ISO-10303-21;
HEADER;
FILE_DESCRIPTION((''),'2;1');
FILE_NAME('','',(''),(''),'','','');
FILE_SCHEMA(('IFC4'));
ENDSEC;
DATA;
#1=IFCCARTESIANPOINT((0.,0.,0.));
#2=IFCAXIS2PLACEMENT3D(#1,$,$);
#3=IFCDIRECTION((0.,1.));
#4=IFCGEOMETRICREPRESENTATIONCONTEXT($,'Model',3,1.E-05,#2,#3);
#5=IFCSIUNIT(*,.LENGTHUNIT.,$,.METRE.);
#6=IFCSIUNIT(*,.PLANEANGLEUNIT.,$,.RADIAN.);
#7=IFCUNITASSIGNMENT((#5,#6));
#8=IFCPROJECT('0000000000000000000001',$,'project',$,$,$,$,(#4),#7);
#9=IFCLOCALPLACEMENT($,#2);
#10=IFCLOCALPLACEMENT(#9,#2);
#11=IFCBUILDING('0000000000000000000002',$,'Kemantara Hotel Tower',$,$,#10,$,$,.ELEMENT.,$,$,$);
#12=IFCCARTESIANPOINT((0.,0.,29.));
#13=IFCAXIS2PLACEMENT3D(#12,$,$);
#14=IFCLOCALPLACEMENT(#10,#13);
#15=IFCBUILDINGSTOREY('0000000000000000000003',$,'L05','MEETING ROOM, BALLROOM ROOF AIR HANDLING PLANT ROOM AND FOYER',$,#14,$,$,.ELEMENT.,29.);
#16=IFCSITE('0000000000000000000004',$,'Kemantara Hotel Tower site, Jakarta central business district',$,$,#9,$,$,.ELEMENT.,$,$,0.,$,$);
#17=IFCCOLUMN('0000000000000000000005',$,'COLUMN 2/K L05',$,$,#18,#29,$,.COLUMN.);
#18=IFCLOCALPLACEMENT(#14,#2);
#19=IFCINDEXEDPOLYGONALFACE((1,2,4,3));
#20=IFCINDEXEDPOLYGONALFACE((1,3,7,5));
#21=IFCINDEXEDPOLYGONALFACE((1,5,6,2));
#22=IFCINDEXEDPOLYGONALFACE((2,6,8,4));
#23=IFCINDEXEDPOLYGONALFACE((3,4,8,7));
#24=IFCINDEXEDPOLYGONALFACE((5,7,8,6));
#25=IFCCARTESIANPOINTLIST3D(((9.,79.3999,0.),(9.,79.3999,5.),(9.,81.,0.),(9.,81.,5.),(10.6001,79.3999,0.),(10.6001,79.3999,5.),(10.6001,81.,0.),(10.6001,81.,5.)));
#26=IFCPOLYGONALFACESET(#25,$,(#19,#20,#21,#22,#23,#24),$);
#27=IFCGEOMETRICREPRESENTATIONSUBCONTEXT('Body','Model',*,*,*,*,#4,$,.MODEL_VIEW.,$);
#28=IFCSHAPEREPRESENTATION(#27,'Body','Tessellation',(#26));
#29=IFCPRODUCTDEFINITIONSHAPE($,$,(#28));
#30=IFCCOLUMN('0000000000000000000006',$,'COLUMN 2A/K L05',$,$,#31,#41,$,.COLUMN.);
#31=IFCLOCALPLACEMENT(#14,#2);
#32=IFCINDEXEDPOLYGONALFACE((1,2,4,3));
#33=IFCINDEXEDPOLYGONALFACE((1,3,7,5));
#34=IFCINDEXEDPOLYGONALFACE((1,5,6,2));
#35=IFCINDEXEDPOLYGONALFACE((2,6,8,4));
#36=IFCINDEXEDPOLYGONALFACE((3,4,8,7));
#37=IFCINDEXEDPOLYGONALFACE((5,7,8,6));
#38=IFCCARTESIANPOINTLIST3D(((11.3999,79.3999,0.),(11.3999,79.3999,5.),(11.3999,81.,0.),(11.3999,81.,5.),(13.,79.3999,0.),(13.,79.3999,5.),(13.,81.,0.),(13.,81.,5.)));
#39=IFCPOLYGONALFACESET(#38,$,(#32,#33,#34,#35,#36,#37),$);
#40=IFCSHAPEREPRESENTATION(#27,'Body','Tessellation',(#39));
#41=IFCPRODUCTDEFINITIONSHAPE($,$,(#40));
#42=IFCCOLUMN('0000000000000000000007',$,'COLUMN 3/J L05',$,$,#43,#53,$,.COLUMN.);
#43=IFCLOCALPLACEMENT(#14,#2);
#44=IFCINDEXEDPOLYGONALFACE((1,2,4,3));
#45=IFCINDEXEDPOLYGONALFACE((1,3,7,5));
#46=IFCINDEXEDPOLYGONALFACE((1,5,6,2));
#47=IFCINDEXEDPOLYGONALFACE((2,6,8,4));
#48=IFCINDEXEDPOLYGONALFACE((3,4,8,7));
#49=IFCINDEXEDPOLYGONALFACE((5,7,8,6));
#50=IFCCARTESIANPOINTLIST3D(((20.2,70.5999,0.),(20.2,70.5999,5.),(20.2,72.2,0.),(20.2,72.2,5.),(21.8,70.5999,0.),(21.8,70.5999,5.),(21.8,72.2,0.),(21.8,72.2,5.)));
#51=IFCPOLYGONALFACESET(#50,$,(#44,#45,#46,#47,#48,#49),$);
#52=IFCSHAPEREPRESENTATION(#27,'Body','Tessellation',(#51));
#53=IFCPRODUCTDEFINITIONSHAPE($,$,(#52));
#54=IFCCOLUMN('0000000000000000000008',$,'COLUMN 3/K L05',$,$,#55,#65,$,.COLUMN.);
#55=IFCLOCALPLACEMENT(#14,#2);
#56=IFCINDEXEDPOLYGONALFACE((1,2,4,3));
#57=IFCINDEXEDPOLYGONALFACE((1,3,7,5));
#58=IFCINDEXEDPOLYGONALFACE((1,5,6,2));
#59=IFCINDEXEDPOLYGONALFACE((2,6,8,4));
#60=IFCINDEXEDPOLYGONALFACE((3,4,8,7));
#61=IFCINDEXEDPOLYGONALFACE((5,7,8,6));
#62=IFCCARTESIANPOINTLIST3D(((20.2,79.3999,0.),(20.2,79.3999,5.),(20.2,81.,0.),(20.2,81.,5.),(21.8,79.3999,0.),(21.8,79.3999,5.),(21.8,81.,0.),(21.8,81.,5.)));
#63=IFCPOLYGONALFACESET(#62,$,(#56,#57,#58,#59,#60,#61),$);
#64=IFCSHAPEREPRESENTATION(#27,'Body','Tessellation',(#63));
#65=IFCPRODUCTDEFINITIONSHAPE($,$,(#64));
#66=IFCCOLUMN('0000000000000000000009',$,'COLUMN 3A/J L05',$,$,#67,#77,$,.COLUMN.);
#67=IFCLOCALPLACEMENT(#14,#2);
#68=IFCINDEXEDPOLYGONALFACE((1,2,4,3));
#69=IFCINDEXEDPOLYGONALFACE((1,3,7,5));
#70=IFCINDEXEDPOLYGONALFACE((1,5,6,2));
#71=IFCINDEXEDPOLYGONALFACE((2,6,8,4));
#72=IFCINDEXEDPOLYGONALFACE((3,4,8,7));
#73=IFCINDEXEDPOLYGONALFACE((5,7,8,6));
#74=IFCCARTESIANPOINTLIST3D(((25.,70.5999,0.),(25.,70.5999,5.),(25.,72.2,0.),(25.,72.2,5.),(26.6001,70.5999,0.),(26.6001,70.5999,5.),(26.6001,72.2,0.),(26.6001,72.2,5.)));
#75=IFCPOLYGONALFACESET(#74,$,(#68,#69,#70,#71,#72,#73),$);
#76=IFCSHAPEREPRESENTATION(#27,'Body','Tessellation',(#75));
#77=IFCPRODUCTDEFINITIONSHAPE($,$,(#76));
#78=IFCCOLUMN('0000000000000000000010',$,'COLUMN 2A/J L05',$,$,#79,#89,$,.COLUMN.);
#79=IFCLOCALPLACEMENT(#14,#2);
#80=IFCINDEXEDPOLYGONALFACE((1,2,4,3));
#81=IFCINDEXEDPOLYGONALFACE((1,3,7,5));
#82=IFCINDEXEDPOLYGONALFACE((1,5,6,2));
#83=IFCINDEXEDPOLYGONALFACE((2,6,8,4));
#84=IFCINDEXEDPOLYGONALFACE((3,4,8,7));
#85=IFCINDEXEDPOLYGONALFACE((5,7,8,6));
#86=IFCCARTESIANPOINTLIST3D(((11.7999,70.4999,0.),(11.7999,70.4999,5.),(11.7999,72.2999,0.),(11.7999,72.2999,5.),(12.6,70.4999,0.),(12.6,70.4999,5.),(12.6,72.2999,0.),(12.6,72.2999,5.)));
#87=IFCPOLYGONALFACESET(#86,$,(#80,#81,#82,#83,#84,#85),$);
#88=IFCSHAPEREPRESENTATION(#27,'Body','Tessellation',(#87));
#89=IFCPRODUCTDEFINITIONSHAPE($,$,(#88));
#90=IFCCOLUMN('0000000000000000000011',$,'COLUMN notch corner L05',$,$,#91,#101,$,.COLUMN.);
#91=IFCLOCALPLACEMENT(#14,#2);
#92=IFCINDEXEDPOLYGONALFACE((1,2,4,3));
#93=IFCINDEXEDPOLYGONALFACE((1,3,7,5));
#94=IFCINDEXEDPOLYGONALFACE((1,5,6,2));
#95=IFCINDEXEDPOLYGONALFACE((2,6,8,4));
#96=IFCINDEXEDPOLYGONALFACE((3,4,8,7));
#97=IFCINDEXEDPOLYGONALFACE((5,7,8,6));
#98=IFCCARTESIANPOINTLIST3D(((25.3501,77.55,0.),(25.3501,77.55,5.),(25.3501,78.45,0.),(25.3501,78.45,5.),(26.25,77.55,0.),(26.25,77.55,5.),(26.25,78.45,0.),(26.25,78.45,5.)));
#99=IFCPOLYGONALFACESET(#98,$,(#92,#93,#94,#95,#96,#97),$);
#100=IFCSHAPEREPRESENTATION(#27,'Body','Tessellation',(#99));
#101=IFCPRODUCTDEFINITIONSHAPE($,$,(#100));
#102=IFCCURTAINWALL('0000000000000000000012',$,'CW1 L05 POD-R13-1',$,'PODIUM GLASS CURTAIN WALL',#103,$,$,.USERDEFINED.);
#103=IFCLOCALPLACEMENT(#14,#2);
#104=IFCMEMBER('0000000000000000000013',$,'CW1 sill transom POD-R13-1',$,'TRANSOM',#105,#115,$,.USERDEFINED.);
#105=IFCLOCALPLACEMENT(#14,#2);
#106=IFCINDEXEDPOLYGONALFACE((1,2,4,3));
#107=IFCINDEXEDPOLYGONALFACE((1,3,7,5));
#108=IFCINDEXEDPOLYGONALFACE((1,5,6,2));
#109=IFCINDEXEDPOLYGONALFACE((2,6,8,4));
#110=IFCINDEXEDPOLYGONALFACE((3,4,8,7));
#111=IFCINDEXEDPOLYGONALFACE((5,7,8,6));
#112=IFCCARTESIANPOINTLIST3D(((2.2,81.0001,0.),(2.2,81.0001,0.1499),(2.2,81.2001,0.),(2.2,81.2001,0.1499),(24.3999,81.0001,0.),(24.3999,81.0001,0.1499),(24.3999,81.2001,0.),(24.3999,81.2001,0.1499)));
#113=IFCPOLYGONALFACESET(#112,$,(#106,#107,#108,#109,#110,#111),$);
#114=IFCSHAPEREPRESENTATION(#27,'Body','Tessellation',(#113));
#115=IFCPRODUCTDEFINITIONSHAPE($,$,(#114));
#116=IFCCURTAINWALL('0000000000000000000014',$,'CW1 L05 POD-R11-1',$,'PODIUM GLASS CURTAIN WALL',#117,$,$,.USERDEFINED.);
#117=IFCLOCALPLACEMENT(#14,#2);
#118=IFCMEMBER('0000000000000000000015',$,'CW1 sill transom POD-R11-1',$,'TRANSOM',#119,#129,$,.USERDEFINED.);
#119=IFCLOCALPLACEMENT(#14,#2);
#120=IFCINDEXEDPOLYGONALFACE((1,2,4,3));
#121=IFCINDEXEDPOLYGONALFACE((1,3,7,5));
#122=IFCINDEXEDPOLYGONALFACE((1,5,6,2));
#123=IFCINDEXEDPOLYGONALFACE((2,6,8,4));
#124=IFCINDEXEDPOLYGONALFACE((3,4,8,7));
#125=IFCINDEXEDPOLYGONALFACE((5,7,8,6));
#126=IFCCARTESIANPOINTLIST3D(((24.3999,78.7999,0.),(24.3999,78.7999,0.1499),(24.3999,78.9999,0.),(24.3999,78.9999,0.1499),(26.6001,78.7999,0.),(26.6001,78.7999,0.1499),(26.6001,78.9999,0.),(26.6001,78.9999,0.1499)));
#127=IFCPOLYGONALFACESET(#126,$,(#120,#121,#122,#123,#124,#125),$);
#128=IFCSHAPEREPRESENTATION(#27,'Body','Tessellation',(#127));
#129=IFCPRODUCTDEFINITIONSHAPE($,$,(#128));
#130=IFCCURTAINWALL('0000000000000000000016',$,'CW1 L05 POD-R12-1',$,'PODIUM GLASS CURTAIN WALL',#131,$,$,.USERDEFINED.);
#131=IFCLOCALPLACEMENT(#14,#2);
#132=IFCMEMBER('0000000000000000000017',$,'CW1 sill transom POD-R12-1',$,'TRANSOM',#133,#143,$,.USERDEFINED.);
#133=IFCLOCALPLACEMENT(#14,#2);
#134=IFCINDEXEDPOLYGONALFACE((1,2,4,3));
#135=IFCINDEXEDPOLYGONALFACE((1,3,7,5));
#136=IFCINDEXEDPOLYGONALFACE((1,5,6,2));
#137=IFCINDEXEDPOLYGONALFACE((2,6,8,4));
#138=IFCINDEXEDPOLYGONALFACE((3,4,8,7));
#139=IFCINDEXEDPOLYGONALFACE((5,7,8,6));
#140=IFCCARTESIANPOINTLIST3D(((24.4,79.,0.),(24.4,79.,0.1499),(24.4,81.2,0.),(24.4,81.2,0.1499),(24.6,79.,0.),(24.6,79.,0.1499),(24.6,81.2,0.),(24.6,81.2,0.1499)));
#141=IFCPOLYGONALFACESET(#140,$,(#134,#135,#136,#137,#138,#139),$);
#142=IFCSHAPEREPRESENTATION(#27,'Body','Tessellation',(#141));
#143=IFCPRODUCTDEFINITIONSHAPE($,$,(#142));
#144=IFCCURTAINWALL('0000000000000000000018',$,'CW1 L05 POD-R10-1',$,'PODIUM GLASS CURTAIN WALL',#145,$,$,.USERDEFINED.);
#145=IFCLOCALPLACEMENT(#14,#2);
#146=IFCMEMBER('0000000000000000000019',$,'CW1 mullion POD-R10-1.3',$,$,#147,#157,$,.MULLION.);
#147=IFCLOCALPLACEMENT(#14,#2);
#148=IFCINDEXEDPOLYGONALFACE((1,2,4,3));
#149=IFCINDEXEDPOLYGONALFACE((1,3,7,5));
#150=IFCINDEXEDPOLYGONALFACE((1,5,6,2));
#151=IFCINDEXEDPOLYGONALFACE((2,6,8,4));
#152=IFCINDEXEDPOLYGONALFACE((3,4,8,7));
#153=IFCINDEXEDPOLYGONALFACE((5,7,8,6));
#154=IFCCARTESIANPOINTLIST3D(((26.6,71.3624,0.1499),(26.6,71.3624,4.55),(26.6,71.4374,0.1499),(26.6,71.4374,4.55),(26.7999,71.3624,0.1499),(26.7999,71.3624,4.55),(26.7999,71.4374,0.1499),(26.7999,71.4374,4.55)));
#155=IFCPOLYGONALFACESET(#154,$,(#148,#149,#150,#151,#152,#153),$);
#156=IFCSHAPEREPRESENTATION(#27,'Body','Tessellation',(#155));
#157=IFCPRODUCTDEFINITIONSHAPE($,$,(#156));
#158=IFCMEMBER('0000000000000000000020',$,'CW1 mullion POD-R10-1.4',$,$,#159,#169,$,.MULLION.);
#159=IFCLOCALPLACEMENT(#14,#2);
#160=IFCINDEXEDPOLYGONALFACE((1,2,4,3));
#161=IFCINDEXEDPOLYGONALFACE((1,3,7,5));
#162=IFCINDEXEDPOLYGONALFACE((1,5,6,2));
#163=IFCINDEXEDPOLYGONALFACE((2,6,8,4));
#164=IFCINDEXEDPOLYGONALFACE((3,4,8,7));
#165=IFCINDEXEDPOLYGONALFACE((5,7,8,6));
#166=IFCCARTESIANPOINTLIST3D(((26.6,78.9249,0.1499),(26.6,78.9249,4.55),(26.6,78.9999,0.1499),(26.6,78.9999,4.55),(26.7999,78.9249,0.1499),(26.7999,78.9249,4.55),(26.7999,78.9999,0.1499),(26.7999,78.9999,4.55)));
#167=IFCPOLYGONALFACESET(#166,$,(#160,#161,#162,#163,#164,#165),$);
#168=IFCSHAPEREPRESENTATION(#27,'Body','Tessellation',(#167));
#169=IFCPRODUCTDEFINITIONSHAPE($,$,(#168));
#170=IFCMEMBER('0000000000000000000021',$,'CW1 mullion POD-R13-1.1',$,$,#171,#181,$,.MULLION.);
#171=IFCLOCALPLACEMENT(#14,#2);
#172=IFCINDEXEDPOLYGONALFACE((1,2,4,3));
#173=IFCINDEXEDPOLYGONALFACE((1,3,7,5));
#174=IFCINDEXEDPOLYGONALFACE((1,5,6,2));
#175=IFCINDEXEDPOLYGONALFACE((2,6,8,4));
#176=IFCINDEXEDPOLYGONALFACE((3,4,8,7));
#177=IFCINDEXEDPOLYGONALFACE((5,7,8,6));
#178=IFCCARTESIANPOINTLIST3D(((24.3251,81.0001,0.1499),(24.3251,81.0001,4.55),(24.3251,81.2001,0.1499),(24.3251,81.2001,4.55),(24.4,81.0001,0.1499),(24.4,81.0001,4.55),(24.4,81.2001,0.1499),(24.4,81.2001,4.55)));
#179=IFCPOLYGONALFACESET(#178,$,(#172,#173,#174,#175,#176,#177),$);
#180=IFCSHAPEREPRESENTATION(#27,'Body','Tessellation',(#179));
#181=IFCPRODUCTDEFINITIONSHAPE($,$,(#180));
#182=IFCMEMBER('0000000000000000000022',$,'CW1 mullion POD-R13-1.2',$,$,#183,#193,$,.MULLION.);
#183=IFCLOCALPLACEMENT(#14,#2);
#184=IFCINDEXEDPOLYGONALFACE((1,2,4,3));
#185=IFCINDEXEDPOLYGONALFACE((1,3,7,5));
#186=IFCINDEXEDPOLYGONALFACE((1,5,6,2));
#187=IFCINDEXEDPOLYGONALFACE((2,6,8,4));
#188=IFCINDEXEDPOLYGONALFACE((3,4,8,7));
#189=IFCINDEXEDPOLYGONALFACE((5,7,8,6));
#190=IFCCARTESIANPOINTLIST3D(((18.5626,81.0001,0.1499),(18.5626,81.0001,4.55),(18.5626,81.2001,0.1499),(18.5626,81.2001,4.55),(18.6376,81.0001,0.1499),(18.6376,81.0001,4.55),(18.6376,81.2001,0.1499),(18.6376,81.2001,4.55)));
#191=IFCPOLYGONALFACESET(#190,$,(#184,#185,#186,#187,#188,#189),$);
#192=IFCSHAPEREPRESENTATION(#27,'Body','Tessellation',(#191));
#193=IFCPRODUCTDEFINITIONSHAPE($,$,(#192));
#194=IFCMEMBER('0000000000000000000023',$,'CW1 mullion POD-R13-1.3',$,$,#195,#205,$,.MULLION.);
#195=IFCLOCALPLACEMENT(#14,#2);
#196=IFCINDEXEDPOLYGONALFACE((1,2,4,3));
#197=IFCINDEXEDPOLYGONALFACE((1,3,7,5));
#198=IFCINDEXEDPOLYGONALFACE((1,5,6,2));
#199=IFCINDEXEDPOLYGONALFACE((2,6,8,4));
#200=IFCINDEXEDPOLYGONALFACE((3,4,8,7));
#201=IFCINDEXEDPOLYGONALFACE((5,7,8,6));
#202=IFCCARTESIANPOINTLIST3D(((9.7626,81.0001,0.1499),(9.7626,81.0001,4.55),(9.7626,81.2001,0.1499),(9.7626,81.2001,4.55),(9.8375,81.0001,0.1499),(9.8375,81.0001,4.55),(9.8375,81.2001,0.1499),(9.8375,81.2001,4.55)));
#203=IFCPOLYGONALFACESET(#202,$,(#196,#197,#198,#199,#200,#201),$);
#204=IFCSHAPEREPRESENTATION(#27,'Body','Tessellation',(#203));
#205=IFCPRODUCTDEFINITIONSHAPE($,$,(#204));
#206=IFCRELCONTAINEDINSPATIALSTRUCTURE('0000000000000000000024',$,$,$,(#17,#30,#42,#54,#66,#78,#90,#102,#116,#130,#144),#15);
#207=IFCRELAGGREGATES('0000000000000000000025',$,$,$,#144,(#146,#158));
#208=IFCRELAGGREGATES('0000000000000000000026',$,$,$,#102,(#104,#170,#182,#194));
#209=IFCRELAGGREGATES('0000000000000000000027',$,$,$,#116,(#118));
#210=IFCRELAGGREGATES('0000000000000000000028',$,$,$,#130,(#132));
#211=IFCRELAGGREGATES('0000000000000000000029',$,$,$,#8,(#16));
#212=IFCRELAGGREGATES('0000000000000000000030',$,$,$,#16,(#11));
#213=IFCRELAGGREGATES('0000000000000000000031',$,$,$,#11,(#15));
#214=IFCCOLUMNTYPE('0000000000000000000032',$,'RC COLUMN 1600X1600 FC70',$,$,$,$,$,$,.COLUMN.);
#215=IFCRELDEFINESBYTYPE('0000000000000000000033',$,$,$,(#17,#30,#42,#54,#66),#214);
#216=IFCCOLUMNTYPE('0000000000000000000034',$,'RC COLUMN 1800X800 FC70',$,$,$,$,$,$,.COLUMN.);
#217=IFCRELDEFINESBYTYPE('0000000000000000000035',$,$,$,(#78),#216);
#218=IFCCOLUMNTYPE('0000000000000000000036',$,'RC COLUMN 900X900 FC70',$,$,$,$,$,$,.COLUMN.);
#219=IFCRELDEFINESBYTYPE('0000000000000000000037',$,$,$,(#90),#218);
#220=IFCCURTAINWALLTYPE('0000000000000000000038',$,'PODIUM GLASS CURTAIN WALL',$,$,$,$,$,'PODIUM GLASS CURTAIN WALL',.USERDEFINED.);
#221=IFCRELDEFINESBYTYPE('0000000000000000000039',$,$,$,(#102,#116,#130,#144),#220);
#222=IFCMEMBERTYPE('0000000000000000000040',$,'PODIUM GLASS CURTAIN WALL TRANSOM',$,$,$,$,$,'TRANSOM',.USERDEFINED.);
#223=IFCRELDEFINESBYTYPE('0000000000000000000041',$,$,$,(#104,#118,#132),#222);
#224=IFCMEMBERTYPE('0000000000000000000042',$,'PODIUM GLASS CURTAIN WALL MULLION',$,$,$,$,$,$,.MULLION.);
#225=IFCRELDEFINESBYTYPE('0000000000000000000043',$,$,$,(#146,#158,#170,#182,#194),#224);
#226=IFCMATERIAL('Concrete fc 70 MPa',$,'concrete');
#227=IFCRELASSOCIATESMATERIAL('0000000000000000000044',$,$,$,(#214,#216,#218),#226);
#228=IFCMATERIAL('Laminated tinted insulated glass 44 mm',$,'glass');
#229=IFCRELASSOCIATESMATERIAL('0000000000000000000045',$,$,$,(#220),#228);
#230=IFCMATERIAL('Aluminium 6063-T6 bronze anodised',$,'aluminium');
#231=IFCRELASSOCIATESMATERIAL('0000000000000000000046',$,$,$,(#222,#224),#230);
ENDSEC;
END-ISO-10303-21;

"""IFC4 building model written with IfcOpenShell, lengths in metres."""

from ifc_helpers import new_model, si_unit, direction, frame, origin, origin_2d, place, context, subcontext, project, spatial, rectangle, extrude, source, transform, mapped, material, material_profile, profile_set, type_object, element, aggregate, save


model = new_model("IFC4")

# Units and contexts
model_context = context("Model", 3, precision=1e-05, world=origin(), true_north=direction((0.0, 1.0)))
body_context = subcontext(model_context, "Body", "Model", "MODEL_VIEW")
ifc_project = project(units=[si_unit("LENGTHUNIT", "METRE"), si_unit("PLANEANGLEUNIT", "RADIAN")], contexts=[model_context])

# Site, building, storey
site_placement = place(None, origin())
site = spatial("IfcSite", under=ifc_project, at=site_placement, Name="Kemantara Hotel Tower site, Jakarta central business district", CompositionType="ELEMENT", RefElevation=0.0)
building_placement = place(site_placement, origin())
building = spatial("IfcBuilding", under=site, at=building_placement, Name="Kemantara Hotel Tower", CompositionType="ELEMENT")
storey_placement = place(building_placement, frame((0.0, 0.0, 29.0)))
storey = spatial("IfcBuildingStorey", under=building, at=storey_placement, Name="L05", Description="MEETING ROOM, BALLROOM ROOF AIR HANDLING PLANT ROOM AND FOYER", CompositionType="ELEMENT", Elevation=29.0)

# Columns
ifc_material_1 = material(Name="Concrete fc 70 MPa", Category="concrete")
ifc_material_profile_1 = material_profile(ifc_material_1, rectangle(XDim=1.6001, YDim=1.6001, at=origin_2d()), Name="RC 1600X1600")
ifc_profile_set_1 = profile_set([ifc_material_profile_1], Name="Concrete fc 70 MPa")
column_type_1 = type_object("IfcColumnType", Name="RC COLUMN 1600X1600 FC70", PredefinedType="COLUMN", material=ifc_profile_set_1)
for number, where, z_axis, x_axis, name in (
    (1, (9.8, 80.2, 0.0), (0.0, 0.0, 1.0), (1.0, 0.0, 0.0), "COLUMN 2/K L05"),
    (2, (12.2, 80.2, 0.0), (0.0, 0.0, 1.0), (1.0, 0.0, 0.0), "COLUMN 2A/K L05"),
    (3, (21.0, 71.3999, 0.0), (0.0, 0.0, 1.0), (1.0, 0.0, 0.0), "COLUMN 3/J L05"),
    (4, (21.0, 80.2, 0.0), (0.0, 0.0, 1.0), (1.0, 0.0, 0.0), "COLUMN 3/K L05"),
    (5, (25.8, 71.3999, 0.0), (0.0, 0.0, 1.0), (1.0, 0.0, 0.0), "COLUMN 3A/J L05"),
):
    element("IfcColumn", number, at=place(storey_placement, frame(where, z_axis=z_axis, x_axis=x_axis)), inside=storey, type_object=column_type_1, Name=name, PredefinedType="COLUMN", context=body_context, shape_type="SweptSolid", body=[
        extrude(rectangle(XDim=1.6001, YDim=1.6001, at=origin_2d()), origin(), (0.0, 0.0, 1.0), 5.0),
    ])
ifc_material_profile_2 = material_profile(ifc_material_1, rectangle(XDim=1.8, YDim=0.8, at=origin_2d()), Name="RC 1800X800")
ifc_profile_set_2 = profile_set([ifc_material_profile_2], Name="Concrete fc 70 MPa")
column_type_2 = type_object("IfcColumnType", Name="RC COLUMN 1800X800 FC70", PredefinedType="COLUMN", material=ifc_profile_set_2)
column_1_placement = place(storey_placement, frame((12.2, 71.3999, 0.0), z_axis=(0.0, 0.0, 1.0), x_axis=(0.0, 1.0, 0.0)))
element("IfcColumn", 6, at=column_1_placement, inside=storey, type_object=column_type_2, Name="COLUMN 2A/J L05", PredefinedType="COLUMN", context=body_context, shape_type="SweptSolid", body=[
    extrude(rectangle(XDim=1.8, YDim=0.8, at=origin_2d()), origin(), (0.0, 0.0, 1.0), 5.0),
])
ifc_material_profile_3 = material_profile(ifc_material_1, rectangle(XDim=0.8999, YDim=0.8999, at=origin_2d()), Name="RC 900X900")
ifc_profile_set_3 = profile_set([ifc_material_profile_3], Name="Concrete fc 70 MPa")
column_type_3 = type_object("IfcColumnType", Name="RC COLUMN 900X900 FC70", PredefinedType="COLUMN", material=ifc_profile_set_3)
column_2_placement = place(storey_placement, frame((25.8, 78.0, 0.0), z_axis=(0.0, 0.0, 1.0), x_axis=(1.0, 0.0, 0.0)))
element("IfcColumn", 7, at=column_2_placement, inside=storey, type_object=column_type_3, Name="COLUMN notch corner L05", PredefinedType="COLUMN", context=body_context, shape_type="SweptSolid", body=[
    extrude(rectangle(XDim=0.8999, YDim=0.8999, at=origin_2d()), origin(), (0.0, 0.0, 1.0), 5.0),
])

# Curtain walls, members
ifc_material_2 = material(Name="Laminated tinted insulated glass 44 mm", Category="glass")
curtain_wall_type = type_object("IfcCurtainWallType", Name="PODIUM GLASS CURTAIN WALL", ElementType="PODIUM GLASS CURTAIN WALL", PredefinedType="USERDEFINED", material=ifc_material_2)
curtain_wall_1_placement = place(storey_placement, origin())
curtain_wall_1 = element("IfcCurtainWall", 8, at=curtain_wall_1_placement, inside=storey, type_object=curtain_wall_type, Name="CW1 L05 POD-R13-1", ObjectType="PODIUM GLASS CURTAIN WALL", PredefinedType="USERDEFINED")
ifc_material_3 = material(Name="Aluminium 6063-T6 bronze anodised", Category="aluminium")
ifc_material_profile_4 = material_profile(ifc_material_3, rectangle(XDim=0.2, YDim=0.1499, at=origin_2d()), Name="PODIUM GLASS CURTAIN WALL TRANSOM")
ifc_profile_set_4 = profile_set([ifc_material_profile_4], Name="Aluminium 6063-T6 bronze anodised")
member_type_1 = type_object("IfcMemberType", Name="PODIUM GLASS CURTAIN WALL TRANSOM", ElementType="TRANSOM", PredefinedType="USERDEFINED", material=ifc_profile_set_4)
member_1_placement = place(storey_placement, frame((24.3999, 81.1001, 0.075), z_axis=(-1.0, 0.0, 0.0), x_axis=(0.0, -1.0, 0.0)))
member_1 = element("IfcMember", 9, at=member_1_placement, type_object=member_type_1, Name="CW1 sill transom POD-R13-1", ObjectType="TRANSOM", PredefinedType="USERDEFINED", context=body_context, shape_type="SweptSolid", body=[
    extrude(rectangle(XDim=0.2, YDim=0.1499, at=origin_2d()), origin(), (0.0, 0.0, 1.0), 22.2),
])
curtain_wall_2_placement = place(storey_placement, origin())
curtain_wall_2 = element("IfcCurtainWall", 10, at=curtain_wall_2_placement, inside=storey, type_object=curtain_wall_type, Name="CW1 L05 POD-R11-1", ObjectType="PODIUM GLASS CURTAIN WALL", PredefinedType="USERDEFINED")
member_2_placement = place(storey_placement, frame((26.6001, 78.8999, 0.075), z_axis=(-1.0, 0.0, 0.0), x_axis=(0.0, -1.0, 0.0)))
member_2 = element("IfcMember", 11, at=member_2_placement, type_object=member_type_1, Name="CW1 sill transom POD-R11-1", ObjectType="TRANSOM", PredefinedType="USERDEFINED", context=body_context, shape_type="SweptSolid", body=[
    extrude(rectangle(XDim=0.2, YDim=0.1499, at=origin_2d()), origin(), (0.0, 0.0, 1.0), 2.2002),
])
curtain_wall_3_placement = place(storey_placement, origin())
curtain_wall_3 = element("IfcCurtainWall", 12, at=curtain_wall_3_placement, inside=storey, type_object=curtain_wall_type, Name="CW1 L05 POD-R12-1", ObjectType="PODIUM GLASS CURTAIN WALL", PredefinedType="USERDEFINED")
member_3_placement = place(storey_placement, frame((24.5, 79.0, 0.075), z_axis=(0.0, 1.0, 0.0), x_axis=(-1.0, 0.0, 0.0)))
member_3 = element("IfcMember", 13, at=member_3_placement, type_object=member_type_1, Name="CW1 sill transom POD-R12-1", ObjectType="TRANSOM", PredefinedType="USERDEFINED", context=body_context, shape_type="SweptSolid", body=[
    extrude(rectangle(XDim=0.2, YDim=0.1499, at=origin_2d()), origin(), (0.0, 0.0, 1.0), 2.2),
])

# Curtain wall, members
curtain_wall_4_placement = place(storey_placement, origin())
curtain_wall_4 = element("IfcCurtainWall", 14, at=curtain_wall_4_placement, inside=storey, type_object=curtain_wall_type, Name="CW1 L05 POD-R10-1", ObjectType="PODIUM GLASS CURTAIN WALL", PredefinedType="USERDEFINED")
ifc_material_profile_5 = material_profile(ifc_material_3, rectangle(XDim=0.2, YDim=0.075, at=origin_2d()), Name="PODIUM GLASS CURTAIN WALL MULLION")
ifc_profile_set_5 = profile_set([ifc_material_profile_5], Name="Aluminium 6063-T6 bronze anodised")
member_type_2 = type_object("IfcMemberType", Name="PODIUM GLASS CURTAIN WALL MULLION", PredefinedType="MULLION", material=ifc_profile_set_5)
shared_shape_1 = source(origin(), body_context, "Body", "SweptSolid", [
    extrude(rectangle(XDim=0.2, YDim=0.075, at=origin_2d()), origin(), (0.0, 0.0, 1.0), 4.4001),
])
member_4_placement = place(storey_placement, frame((26.7, 71.3999, 0.1499), z_axis=(0.0, 0.0, 1.0), x_axis=(-1.0, 0.0, 0.0)))
member_4 = element("IfcMember", 15, at=member_4_placement, type_object=member_type_2, Name="CW1 mullion POD-R10-1.3", PredefinedType="MULLION", context=body_context, shape_type="MappedRepresentation", body=[
    mapped(shared_shape_1, transform((0.0, 0.0, 0.0))),
])
member_5_placement = place(storey_placement, frame((26.7, 78.9624, 0.1499), z_axis=(0.0, 0.0, 1.0), x_axis=(-1.0, 0.0, 0.0)))
member_5 = element("IfcMember", 16, at=member_5_placement, type_object=member_type_2, Name="CW1 mullion POD-R10-1.4", PredefinedType="MULLION", context=body_context, shape_type="MappedRepresentation", body=[
    mapped(shared_shape_1, transform((0.0, 0.0, 0.0))),
])
aggregate(curtain_wall_4, [member_4, member_5])

# Members
member_6_placement = place(storey_placement, frame((24.3625, 81.1001, 0.1499), z_axis=(0.0, 0.0, 1.0), x_axis=(0.0, -1.0, 0.0)))
member_6 = element("IfcMember", 17, at=member_6_placement, type_object=member_type_2, Name="CW1 mullion POD-R13-1.1", PredefinedType="MULLION", context=body_context, shape_type="MappedRepresentation", body=[
    mapped(shared_shape_1, transform((0.0, 0.0, 0.0))),
])
member_7_placement = place(storey_placement, frame((18.6001, 81.1001, 0.1499), z_axis=(0.0, 0.0, 1.0), x_axis=(0.0, -1.0, 0.0)))
member_7 = element("IfcMember", 18, at=member_7_placement, type_object=member_type_2, Name="CW1 mullion POD-R13-1.2", PredefinedType="MULLION", context=body_context, shape_type="MappedRepresentation", body=[
    mapped(shared_shape_1, transform((0.0, 0.0, 0.0))),
])
member_8_placement = place(storey_placement, frame((9.8, 81.1001, 0.1499), z_axis=(0.0, 0.0, 1.0), x_axis=(0.0, -1.0, 0.0)))
member_8 = element("IfcMember", 19, at=member_8_placement, type_object=member_type_2, Name="CW1 mullion POD-R13-1.3", PredefinedType="MULLION", context=body_context, shape_type="MappedRepresentation", body=[
    mapped(shared_shape_1, transform((0.0, 0.0, 0.0))),
])

aggregate(curtain_wall_1, [member_1, member_6, member_7, member_8])
aggregate(curtain_wall_2, [member_2])
aggregate(curtain_wall_3, [member_3])

save(model, "model.ifc")
